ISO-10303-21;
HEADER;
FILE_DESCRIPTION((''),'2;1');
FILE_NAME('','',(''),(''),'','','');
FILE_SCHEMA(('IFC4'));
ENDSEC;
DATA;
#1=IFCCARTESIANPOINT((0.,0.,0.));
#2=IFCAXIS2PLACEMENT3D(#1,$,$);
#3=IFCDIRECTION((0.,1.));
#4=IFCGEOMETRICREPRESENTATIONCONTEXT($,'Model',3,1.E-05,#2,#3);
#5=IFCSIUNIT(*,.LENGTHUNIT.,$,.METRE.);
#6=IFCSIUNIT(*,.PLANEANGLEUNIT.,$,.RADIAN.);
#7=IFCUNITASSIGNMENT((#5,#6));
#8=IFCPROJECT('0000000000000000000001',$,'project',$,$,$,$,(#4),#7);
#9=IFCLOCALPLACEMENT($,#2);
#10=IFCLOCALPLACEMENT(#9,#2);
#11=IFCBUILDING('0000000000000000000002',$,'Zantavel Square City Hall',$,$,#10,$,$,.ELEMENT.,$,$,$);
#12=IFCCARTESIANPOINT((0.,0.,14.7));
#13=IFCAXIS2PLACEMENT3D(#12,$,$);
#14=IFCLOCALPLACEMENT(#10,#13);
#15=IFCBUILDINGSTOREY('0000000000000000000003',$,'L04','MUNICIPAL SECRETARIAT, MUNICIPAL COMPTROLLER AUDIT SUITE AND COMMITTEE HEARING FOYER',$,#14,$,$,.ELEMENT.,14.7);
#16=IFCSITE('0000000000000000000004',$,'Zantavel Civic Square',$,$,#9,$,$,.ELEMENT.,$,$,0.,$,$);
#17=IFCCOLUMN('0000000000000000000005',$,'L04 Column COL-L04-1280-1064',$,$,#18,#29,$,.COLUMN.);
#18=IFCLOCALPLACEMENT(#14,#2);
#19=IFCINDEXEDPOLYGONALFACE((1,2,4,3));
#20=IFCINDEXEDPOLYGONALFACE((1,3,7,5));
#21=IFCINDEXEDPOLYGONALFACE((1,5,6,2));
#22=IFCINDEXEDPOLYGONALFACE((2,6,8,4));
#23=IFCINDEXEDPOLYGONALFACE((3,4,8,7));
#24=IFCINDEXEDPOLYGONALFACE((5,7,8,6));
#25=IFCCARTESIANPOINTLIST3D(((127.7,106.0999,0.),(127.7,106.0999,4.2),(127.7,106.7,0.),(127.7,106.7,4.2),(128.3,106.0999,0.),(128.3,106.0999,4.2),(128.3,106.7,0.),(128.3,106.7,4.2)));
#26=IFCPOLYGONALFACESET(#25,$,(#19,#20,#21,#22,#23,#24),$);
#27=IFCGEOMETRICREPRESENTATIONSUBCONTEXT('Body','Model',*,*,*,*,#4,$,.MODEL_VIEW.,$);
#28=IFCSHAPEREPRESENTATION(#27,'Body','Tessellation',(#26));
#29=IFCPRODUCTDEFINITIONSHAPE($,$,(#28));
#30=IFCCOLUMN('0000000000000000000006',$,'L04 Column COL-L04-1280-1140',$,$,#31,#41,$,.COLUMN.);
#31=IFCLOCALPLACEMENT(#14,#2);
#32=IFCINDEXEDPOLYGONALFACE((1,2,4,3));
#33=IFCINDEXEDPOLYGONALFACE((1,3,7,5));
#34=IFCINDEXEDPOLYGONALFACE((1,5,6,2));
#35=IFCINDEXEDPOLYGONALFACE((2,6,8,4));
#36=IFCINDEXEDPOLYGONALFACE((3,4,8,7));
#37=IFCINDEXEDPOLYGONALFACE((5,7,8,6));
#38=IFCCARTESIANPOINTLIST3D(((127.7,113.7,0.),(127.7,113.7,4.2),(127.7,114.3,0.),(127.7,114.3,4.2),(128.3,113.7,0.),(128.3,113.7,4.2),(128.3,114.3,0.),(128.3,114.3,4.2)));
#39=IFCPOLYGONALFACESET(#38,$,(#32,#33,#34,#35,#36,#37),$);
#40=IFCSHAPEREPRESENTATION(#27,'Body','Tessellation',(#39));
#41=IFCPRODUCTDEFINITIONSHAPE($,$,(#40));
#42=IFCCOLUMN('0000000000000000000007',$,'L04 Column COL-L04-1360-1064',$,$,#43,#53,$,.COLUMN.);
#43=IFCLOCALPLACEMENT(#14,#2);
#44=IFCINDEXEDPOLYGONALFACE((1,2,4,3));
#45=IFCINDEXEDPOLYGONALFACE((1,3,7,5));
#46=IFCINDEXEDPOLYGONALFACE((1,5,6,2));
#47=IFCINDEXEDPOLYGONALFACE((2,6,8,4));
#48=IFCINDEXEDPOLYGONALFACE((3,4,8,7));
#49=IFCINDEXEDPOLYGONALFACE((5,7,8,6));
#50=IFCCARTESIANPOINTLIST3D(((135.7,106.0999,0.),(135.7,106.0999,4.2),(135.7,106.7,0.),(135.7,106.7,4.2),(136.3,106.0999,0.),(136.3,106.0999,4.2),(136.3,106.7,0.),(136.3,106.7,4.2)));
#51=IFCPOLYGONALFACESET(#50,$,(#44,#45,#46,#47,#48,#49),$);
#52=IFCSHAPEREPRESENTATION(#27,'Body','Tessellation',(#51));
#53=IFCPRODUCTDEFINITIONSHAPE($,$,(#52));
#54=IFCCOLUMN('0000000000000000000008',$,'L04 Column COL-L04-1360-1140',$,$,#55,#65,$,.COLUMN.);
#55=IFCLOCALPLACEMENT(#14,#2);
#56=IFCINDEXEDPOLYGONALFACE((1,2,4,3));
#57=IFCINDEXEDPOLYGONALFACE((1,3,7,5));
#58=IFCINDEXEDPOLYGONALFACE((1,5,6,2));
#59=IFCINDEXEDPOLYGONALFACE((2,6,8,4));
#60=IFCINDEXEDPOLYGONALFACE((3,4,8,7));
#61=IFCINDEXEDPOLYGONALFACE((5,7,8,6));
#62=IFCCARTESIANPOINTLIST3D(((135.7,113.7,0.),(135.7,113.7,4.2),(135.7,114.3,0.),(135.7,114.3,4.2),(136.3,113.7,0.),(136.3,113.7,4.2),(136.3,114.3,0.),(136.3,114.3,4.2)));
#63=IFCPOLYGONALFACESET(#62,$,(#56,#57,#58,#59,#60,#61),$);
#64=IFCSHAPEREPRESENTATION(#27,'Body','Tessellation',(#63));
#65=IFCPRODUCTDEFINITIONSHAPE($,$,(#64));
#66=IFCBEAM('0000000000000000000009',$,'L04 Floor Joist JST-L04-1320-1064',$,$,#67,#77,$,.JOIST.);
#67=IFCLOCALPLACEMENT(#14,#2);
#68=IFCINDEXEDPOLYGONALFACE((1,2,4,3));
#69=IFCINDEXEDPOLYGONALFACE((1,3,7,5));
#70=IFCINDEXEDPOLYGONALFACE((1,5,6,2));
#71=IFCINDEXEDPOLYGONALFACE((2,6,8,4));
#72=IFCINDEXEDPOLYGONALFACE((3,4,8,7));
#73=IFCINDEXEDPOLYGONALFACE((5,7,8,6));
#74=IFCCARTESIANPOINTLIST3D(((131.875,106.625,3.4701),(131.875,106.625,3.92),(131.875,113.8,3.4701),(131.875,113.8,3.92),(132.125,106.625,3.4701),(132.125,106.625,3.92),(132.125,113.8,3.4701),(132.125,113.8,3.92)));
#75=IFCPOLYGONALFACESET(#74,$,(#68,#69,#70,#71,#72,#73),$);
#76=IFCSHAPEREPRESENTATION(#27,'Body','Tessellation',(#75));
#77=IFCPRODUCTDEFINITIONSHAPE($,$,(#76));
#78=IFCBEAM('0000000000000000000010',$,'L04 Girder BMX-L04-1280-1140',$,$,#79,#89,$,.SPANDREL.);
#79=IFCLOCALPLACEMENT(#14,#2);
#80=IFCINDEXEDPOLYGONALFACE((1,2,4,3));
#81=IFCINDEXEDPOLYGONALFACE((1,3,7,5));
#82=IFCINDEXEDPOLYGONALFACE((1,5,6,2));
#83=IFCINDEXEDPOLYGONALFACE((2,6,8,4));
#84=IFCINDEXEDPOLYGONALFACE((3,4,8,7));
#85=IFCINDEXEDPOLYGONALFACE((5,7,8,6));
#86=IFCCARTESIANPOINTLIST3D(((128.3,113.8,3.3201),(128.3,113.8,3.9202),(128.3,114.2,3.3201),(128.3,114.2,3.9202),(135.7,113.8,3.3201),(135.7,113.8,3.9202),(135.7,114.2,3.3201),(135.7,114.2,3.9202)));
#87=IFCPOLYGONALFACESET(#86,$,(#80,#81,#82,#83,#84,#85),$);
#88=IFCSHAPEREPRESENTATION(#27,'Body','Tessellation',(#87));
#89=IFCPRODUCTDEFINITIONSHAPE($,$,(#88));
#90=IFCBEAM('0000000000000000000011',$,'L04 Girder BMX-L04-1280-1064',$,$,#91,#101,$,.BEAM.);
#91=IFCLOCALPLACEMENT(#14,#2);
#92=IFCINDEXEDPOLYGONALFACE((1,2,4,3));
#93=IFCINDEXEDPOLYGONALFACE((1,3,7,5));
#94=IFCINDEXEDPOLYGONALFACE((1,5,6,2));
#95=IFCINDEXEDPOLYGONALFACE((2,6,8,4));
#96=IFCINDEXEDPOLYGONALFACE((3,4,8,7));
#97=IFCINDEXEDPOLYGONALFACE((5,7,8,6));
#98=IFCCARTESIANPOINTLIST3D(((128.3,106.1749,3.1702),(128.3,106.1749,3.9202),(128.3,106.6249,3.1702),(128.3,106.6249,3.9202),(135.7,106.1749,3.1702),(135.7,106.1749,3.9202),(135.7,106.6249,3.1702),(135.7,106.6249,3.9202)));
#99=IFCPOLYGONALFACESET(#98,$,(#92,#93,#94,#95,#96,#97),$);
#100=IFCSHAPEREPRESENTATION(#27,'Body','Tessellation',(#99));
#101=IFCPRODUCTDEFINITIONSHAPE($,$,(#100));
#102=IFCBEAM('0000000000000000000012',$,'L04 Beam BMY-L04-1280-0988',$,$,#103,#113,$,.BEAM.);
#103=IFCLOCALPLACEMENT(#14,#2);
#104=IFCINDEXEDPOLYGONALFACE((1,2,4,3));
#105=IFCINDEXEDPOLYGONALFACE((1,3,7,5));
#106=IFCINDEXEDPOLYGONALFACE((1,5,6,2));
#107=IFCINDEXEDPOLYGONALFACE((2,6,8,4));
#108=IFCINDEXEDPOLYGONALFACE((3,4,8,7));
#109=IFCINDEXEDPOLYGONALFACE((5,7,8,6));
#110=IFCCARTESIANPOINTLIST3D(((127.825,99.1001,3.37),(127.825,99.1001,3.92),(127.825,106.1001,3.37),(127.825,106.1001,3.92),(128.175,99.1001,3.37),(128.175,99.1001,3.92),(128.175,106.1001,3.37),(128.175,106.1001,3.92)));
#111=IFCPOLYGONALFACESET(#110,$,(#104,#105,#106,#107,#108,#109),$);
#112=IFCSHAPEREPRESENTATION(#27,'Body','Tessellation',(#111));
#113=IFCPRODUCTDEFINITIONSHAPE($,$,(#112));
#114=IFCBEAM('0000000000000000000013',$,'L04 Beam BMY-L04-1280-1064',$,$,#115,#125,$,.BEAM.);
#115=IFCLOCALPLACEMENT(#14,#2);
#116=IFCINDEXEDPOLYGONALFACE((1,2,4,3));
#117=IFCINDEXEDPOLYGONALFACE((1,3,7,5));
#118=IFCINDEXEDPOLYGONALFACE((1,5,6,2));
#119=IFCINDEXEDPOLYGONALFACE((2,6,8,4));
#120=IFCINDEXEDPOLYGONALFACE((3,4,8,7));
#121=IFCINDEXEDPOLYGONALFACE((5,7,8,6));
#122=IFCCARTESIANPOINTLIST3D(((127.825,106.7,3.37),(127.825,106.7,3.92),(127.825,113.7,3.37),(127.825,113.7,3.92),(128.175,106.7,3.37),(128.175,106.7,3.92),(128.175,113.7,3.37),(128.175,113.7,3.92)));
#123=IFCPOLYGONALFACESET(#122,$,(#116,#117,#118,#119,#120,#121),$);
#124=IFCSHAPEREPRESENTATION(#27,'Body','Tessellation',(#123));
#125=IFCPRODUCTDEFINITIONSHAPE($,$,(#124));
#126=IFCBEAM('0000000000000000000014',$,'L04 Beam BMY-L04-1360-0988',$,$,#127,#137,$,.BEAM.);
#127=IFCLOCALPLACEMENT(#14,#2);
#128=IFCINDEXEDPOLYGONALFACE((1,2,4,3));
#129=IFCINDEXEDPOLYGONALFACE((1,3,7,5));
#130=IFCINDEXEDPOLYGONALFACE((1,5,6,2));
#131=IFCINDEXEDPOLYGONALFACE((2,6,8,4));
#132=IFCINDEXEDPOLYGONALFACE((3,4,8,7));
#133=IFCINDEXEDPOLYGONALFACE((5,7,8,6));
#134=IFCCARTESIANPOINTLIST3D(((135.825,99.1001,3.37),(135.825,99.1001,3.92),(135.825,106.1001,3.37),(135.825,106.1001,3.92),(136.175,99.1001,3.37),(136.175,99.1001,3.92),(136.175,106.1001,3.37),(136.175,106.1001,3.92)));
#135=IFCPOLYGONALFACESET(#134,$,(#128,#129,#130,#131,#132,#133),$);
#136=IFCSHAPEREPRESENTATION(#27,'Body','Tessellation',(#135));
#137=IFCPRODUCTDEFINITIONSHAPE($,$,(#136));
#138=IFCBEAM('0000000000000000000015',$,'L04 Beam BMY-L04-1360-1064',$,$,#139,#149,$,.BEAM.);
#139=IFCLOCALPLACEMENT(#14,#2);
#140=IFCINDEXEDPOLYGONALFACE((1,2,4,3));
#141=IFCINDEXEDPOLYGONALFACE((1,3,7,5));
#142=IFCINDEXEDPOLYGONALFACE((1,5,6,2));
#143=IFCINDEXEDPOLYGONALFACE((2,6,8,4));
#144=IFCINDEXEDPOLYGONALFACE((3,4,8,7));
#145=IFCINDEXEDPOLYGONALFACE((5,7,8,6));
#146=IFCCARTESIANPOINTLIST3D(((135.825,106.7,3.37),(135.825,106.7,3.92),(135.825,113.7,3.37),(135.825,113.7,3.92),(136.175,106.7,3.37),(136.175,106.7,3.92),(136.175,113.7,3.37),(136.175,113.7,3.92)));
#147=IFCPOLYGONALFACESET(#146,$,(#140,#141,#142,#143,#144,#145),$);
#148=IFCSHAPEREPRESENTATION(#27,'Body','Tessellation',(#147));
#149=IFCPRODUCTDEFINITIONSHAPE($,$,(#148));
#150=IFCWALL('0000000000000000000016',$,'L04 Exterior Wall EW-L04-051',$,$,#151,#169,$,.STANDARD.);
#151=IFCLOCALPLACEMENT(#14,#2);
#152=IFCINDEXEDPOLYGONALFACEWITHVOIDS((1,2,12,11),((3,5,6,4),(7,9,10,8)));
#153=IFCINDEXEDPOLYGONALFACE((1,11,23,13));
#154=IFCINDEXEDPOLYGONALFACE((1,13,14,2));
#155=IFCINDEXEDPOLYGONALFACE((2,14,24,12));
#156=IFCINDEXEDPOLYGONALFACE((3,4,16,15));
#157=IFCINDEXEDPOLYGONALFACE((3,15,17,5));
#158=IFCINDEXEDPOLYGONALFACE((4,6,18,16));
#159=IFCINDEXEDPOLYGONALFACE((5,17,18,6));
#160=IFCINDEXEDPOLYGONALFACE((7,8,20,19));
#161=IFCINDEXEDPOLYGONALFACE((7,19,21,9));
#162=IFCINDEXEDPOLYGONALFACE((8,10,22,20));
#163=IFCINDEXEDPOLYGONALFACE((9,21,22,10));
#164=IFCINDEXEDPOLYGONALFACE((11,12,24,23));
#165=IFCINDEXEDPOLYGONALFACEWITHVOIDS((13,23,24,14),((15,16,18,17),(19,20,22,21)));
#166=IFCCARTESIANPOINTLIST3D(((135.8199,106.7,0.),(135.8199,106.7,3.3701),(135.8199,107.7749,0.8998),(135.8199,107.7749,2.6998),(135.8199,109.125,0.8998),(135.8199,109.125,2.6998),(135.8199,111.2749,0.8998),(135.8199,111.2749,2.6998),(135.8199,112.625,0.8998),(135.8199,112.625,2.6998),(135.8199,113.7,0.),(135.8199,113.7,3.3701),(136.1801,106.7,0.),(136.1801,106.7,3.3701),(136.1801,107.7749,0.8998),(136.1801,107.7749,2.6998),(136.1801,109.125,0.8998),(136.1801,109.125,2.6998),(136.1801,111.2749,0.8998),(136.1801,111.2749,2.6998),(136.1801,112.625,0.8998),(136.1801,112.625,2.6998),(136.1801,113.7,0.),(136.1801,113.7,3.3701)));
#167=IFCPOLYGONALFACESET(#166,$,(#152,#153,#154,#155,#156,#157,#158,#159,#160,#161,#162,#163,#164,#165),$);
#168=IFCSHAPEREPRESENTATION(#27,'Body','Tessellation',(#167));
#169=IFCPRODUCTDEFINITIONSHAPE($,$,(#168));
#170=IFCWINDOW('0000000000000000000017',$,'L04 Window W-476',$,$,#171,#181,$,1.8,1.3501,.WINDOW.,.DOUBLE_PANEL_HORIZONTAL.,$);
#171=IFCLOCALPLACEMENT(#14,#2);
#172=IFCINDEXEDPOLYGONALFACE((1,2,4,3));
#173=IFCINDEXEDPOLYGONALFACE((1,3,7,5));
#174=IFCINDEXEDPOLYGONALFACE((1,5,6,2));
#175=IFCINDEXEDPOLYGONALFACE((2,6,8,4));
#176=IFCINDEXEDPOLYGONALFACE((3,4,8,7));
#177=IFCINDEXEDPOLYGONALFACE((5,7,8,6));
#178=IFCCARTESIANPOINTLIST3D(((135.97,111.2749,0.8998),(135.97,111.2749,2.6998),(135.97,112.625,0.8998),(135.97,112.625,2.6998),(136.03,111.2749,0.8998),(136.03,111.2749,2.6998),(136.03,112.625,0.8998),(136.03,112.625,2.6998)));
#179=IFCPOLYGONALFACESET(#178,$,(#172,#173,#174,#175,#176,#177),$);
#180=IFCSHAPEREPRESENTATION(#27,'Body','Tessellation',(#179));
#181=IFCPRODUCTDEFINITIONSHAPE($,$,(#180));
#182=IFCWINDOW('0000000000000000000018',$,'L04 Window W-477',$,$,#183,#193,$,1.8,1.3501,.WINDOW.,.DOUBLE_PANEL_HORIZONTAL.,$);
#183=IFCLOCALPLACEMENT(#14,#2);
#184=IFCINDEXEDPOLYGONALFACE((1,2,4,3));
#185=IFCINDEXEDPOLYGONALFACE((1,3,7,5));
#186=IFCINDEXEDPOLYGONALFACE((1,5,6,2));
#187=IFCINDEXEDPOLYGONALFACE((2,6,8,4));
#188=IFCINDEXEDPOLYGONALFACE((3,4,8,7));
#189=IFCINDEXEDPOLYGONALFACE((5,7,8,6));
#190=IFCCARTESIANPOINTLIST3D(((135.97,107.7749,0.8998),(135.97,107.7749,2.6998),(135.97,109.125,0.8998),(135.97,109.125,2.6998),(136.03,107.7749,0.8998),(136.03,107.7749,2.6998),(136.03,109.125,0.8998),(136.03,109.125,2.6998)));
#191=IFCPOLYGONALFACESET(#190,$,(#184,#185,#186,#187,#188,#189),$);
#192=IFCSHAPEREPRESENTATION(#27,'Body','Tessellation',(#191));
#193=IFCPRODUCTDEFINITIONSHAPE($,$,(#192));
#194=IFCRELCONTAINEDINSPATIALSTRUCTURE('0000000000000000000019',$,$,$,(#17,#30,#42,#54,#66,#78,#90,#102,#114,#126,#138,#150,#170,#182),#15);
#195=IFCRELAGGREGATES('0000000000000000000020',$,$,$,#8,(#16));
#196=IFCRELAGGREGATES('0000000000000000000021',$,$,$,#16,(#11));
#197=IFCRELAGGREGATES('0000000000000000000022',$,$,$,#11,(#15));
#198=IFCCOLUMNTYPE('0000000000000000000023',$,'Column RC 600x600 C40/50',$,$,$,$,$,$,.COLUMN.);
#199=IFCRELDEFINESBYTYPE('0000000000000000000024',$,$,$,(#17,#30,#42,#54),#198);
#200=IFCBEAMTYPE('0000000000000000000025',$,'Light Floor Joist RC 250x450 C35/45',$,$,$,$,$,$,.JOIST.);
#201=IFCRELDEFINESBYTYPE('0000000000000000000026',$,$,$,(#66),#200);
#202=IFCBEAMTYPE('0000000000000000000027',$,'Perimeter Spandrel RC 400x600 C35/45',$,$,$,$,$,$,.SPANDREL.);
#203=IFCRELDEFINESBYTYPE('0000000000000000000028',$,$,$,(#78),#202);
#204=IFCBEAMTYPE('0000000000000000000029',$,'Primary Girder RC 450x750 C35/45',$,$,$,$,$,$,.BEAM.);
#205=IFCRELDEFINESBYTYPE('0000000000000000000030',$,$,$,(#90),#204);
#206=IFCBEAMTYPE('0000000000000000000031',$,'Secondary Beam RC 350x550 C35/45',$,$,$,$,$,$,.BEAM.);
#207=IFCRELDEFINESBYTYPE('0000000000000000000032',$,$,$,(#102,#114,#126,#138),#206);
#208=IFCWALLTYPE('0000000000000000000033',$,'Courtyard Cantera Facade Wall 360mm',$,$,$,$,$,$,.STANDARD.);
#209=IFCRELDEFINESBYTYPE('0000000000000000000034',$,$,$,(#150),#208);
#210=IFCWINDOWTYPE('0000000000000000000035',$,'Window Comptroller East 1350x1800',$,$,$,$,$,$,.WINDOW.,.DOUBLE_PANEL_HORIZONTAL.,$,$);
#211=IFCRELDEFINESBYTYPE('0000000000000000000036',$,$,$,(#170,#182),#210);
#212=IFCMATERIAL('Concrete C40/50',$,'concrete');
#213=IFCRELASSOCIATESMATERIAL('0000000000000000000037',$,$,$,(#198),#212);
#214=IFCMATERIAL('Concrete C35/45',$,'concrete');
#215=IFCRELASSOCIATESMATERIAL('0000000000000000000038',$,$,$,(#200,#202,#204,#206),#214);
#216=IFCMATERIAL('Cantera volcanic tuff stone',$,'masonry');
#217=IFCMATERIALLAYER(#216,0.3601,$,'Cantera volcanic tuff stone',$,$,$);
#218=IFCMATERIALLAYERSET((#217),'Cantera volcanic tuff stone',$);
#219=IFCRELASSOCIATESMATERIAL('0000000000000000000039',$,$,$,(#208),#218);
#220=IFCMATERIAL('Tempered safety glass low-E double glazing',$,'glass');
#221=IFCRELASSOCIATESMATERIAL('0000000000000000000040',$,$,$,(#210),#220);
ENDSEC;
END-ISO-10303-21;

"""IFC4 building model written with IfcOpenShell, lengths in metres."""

from ifc_helpers import new_model, si_unit, direction, frame, frame_2d, origin, origin_2d, place, context, subcontext, project, spatial, rectangle, extrude, material, layer, layer_set, material_profile, profile_set, type_object, element, fill, save


model = new_model("IFC4")

# Units and contexts
model_context = context("Model", 3, precision=1e-05, world=origin(), true_north=direction((0.0, 1.0)))
body_context = subcontext(model_context, "Body", "Model", "MODEL_VIEW")
ifc_project = project(units=[si_unit("LENGTHUNIT", "METRE"), si_unit("PLANEANGLEUNIT", "RADIAN")], contexts=[model_context])

# Site, building, storey
site_placement = place(None, origin())
site = spatial("IfcSite", under=ifc_project, at=site_placement, Name="Zantavel Civic Square", CompositionType="ELEMENT", RefElevation=0.0)
building_placement = place(site_placement, origin())
building = spatial("IfcBuilding", under=site, at=building_placement, Name="Zantavel Square City Hall", CompositionType="ELEMENT")
storey_placement = place(building_placement, frame((0.0, 0.0, 14.7)))
storey = spatial("IfcBuildingStorey", under=building, at=storey_placement, Name="L04", Description="MUNICIPAL SECRETARIAT, MUNICIPAL COMPTROLLER AUDIT SUITE AND COMMITTEE HEARING FOYER", CompositionType="ELEMENT", Elevation=14.7)

# Columns
ifc_material_1 = material(Name="Concrete C40/50", Category="concrete")
ifc_material_profile_1 = material_profile(ifc_material_1, rectangle(XDim=0.6001, YDim=0.6001, at=origin_2d()), Name="RC 600x600")
ifc_profile_set_1 = profile_set([ifc_material_profile_1], Name="Concrete C40/50")
column_type = type_object("IfcColumnType", Name="Column RC 600x600 C40/50", PredefinedType="COLUMN", material=ifc_profile_set_1)
for number, where, z_axis, x_axis, name in (
    (1, (128.0, 106.3999, 0.0), (0.0, 0.0, 1.0), (1.0, 0.0, 0.0), "L04 Column COL-L04-1280-1064"),
    (2, (128.0, 114.0, 0.0), (0.0, 0.0, 1.0), (1.0, 0.0, 0.0), "L04 Column COL-L04-1280-1140"),
    (3, (136.0, 106.3999, 0.0), (0.0, 0.0, 1.0), (1.0, 0.0, 0.0), "L04 Column COL-L04-1360-1064"),
    (4, (136.0, 114.0, 0.0), (0.0, 0.0, 1.0), (1.0, 0.0, 0.0), "L04 Column COL-L04-1360-1140"),
):
    element("IfcColumn", number, at=place(storey_placement, frame(where, z_axis=z_axis, x_axis=x_axis)), inside=storey, type_object=column_type, Name=name, PredefinedType="COLUMN", context=body_context, shape_type="SweptSolid", body=[
        extrude(rectangle(XDim=0.6001, YDim=0.6001, at=origin_2d()), origin(), (0.0, 0.0, 1.0), 4.2),
    ])

# Beams
ifc_material_2 = material(Name="Concrete C35/45", Category="concrete")
ifc_material_profile_2 = material_profile(ifc_material_2, rectangle(XDim=0.25, YDim=0.45, at=origin_2d()), Name="RC 250x450")
ifc_profile_set_2 = profile_set([ifc_material_profile_2], Name="Concrete C35/45")
beam_type_1 = type_object("IfcBeamType", Name="Light Floor Joist RC 250x450 C35/45", PredefinedType="JOIST", material=ifc_profile_set_2)
beam_1_placement = place(storey_placement, frame((132.0, 106.625, 3.6951), z_axis=(0.0, 1.0, 0.0), x_axis=(-1.0, 0.0, 0.0)))
element("IfcBeam", 5, at=beam_1_placement, inside=storey, type_object=beam_type_1, Name="L04 Floor Joist JST-L04-1320-1064", PredefinedType="JOIST", context=body_context, shape_type="SweptSolid", body=[
    extrude(rectangle(XDim=0.25, YDim=0.45, at=origin_2d()), origin(), (0.0, 0.0, 1.0), 7.175),
])
ifc_material_profile_3 = material_profile(ifc_material_2, rectangle(XDim=0.3999, YDim=0.6001, at=origin_2d()), Name="RC 400x600")
ifc_profile_set_3 = profile_set([ifc_material_profile_3], Name="Concrete C35/45")
beam_type_2 = type_object("IfcBeamType", Name="Perimeter Spandrel RC 400x600 C35/45", PredefinedType="SPANDREL", material=ifc_profile_set_3)
beam_2_placement = place(storey_placement, frame((128.3, 114.0, 3.6201), z_axis=(1.0, 0.0, 0.0), x_axis=(0.0, 1.0, 0.0)))
element("IfcBeam", 6, at=beam_2_placement, inside=storey, type_object=beam_type_2, Name="L04 Girder BMX-L04-1280-1140", PredefinedType="SPANDREL", context=body_context, shape_type="SweptSolid", body=[
    extrude(rectangle(XDim=0.3999, YDim=0.6001, at=origin_2d()), origin(), (0.0, 0.0, 1.0), 7.3999),
])
ifc_material_profile_4 = material_profile(ifc_material_2, rectangle(XDim=0.45, YDim=0.75, at=origin_2d()), Name="RC 450x750")
ifc_profile_set_4 = profile_set([ifc_material_profile_4], Name="Concrete C35/45")
beam_type_3 = type_object("IfcBeamType", Name="Primary Girder RC 450x750 C35/45", PredefinedType="BEAM", material=ifc_profile_set_4)
beam_3_placement = place(storey_placement, frame((128.3, 106.3999, 3.5452), z_axis=(1.0, 0.0, 0.0), x_axis=(0.0, 1.0, 0.0)))
element("IfcBeam", 7, at=beam_3_placement, inside=storey, type_object=beam_type_3, Name="L04 Girder BMX-L04-1280-1064", PredefinedType="BEAM", context=body_context, shape_type="SweptSolid", body=[
    extrude(rectangle(XDim=0.45, YDim=0.75, at=origin_2d()), origin(), (0.0, 0.0, 1.0), 7.3999),
])
ifc_material_profile_5 = material_profile(ifc_material_2, rectangle(XDim=0.3501, YDim=0.55, at=origin_2d()), Name="RC 350x550")
ifc_profile_set_5 = profile_set([ifc_material_profile_5], Name="Concrete C35/45")
beam_type_4 = type_object("IfcBeamType", Name="Secondary Beam RC 350x550 C35/45", PredefinedType="BEAM", material=ifc_profile_set_5)
for number, where, z_axis, x_axis, name in (
    (8, (128.0, 99.1001, 3.645), (0.0, 1.0, 0.0), (-1.0, 0.0, 0.0), "L04 Beam BMY-L04-1280-0988"),
    (9, (128.0, 106.7, 3.645), (0.0, 1.0, 0.0), (-1.0, 0.0, 0.0), "L04 Beam BMY-L04-1280-1064"),
    (10, (136.0, 99.1001, 3.645), (0.0, 1.0, 0.0), (-1.0, 0.0, 0.0), "L04 Beam BMY-L04-1360-0988"),
    (11, (136.0, 106.7, 3.645), (0.0, 1.0, 0.0), (-1.0, 0.0, 0.0), "L04 Beam BMY-L04-1360-1064"),
):
    element("IfcBeam", number, at=place(storey_placement, frame(where, z_axis=z_axis, x_axis=x_axis)), inside=storey, type_object=beam_type_4, Name=name, PredefinedType="BEAM", context=body_context, shape_type="SweptSolid", body=[
        extrude(rectangle(XDim=0.3501, YDim=0.55, at=origin_2d()), origin(), (0.0, 0.0, 1.0), 7.0),
    ])

# Wall, openings, windows
ifc_material_3 = material(Name="Cantera volcanic tuff stone", Category="masonry")
ifc_layer_1 = layer(ifc_material_3, 0.3601, Name="Cantera volcanic tuff stone")
ifc_layer_set_1 = layer_set([ifc_layer_1], Name="Cantera volcanic tuff stone")
wall_type_1 = type_object("IfcWallType", Name="Courtyard Cantera Facade Wall 360mm", PredefinedType="STANDARD", material=ifc_layer_set_1)
wall_1_placement = place(storey_placement, frame((136.0, 113.7, 0.0), z_axis=(0.0, 0.0, 1.0), x_axis=(0.0, -1.0, 0.0)))
wall_1 = element("IfcWall", 12, at=wall_1_placement, inside=storey, type_object=wall_type_1, Name="L04 Exterior Wall EW-L04-051", PredefinedType="STANDARD", context=body_context, shape_type="SweptSolid", body=[
    extrude(rectangle(XDim=7.0, YDim=0.3601, at=frame_2d((3.5, 0.0))), origin(), (0.0, 0.0, 1.0), 3.3701),
])
opening_1_placement = place(wall_1_placement, frame((1.075, 0.0, 0.8999)))
opening_1 = element("IfcOpeningElement", 13, at=opening_1_placement, cuts=wall_1, PredefinedType="OPENING", context=body_context, shape_type="SweptSolid", body=[
    extrude(rectangle(XDim=1.3501, YDim=1.8, at=frame_2d((0.675, 0.8999))), frame((0.0, 0.1899, 0.0), z_axis=(0.0, -1.0, 0.0), x_axis=(1.0, 0.0, 0.0)), (0.0, 0.0, 1.0), 0.3801),
])
opening_2_placement = place(wall_1_placement, frame((4.575, 0.0, 0.8999)))
opening_2 = element("IfcOpeningElement", 14, at=opening_2_placement, cuts=wall_1, PredefinedType="OPENING", context=body_context, shape_type="SweptSolid", body=[
    extrude(rectangle(XDim=1.3501, YDim=1.8, at=frame_2d((0.675, 0.8999))), frame((0.0, 0.1899, 0.0), z_axis=(0.0, -1.0, 0.0), x_axis=(1.0, 0.0, 0.0)), (0.0, 0.0, 1.0), 0.3801),
])
ifc_material_4 = material(Name="Tempered safety glass low-E double glazing", Category="glass")
window_type_1 = type_object("IfcWindowType", Name="Window Comptroller East 1350x1800", PartitioningType="DOUBLE_PANEL_HORIZONTAL", PredefinedType="WINDOW", material=ifc_material_4)
window_1_placement = place(opening_1_placement, origin())
window_1 = element("IfcWindow", 15, at=window_1_placement, inside=storey, type_object=window_type_1, Name="L04 Window W-476", OverallHeight=1.8, OverallWidth=1.3501, PartitioningType="DOUBLE_PANEL_HORIZONTAL", PredefinedType="WINDOW", context=body_context, shape_type="SweptSolid", body=[
    extrude(rectangle(XDim=1.3501, YDim=1.8, at=frame_2d((0.675, 0.8999))), frame((0.0, 0.03, 0.0), z_axis=(0.0, -1.0, 0.0), x_axis=(1.0, 0.0, 0.0)), (0.0, 0.0, 1.0), 0.0601),
])
fill(opening_1, window_1)
window_2_placement = place(opening_2_placement, origin())
window_2 = element("IfcWindow", 16, at=window_2_placement, inside=storey, type_object=window_type_1, Name="L04 Window W-477", OverallHeight=1.8, OverallWidth=1.3501, PartitioningType="DOUBLE_PANEL_HORIZONTAL", PredefinedType="WINDOW", context=body_context, shape_type="SweptSolid", body=[
    extrude(rectangle(XDim=1.3501, YDim=1.8, at=frame_2d((0.675, 0.8999))), frame((0.0, 0.03, 0.0), z_axis=(0.0, -1.0, 0.0), x_axis=(1.0, 0.0, 0.0)), (0.0, 0.0, 1.0), 0.0601),
])
fill(opening_2, window_2)

save(model, "model.ifc")
